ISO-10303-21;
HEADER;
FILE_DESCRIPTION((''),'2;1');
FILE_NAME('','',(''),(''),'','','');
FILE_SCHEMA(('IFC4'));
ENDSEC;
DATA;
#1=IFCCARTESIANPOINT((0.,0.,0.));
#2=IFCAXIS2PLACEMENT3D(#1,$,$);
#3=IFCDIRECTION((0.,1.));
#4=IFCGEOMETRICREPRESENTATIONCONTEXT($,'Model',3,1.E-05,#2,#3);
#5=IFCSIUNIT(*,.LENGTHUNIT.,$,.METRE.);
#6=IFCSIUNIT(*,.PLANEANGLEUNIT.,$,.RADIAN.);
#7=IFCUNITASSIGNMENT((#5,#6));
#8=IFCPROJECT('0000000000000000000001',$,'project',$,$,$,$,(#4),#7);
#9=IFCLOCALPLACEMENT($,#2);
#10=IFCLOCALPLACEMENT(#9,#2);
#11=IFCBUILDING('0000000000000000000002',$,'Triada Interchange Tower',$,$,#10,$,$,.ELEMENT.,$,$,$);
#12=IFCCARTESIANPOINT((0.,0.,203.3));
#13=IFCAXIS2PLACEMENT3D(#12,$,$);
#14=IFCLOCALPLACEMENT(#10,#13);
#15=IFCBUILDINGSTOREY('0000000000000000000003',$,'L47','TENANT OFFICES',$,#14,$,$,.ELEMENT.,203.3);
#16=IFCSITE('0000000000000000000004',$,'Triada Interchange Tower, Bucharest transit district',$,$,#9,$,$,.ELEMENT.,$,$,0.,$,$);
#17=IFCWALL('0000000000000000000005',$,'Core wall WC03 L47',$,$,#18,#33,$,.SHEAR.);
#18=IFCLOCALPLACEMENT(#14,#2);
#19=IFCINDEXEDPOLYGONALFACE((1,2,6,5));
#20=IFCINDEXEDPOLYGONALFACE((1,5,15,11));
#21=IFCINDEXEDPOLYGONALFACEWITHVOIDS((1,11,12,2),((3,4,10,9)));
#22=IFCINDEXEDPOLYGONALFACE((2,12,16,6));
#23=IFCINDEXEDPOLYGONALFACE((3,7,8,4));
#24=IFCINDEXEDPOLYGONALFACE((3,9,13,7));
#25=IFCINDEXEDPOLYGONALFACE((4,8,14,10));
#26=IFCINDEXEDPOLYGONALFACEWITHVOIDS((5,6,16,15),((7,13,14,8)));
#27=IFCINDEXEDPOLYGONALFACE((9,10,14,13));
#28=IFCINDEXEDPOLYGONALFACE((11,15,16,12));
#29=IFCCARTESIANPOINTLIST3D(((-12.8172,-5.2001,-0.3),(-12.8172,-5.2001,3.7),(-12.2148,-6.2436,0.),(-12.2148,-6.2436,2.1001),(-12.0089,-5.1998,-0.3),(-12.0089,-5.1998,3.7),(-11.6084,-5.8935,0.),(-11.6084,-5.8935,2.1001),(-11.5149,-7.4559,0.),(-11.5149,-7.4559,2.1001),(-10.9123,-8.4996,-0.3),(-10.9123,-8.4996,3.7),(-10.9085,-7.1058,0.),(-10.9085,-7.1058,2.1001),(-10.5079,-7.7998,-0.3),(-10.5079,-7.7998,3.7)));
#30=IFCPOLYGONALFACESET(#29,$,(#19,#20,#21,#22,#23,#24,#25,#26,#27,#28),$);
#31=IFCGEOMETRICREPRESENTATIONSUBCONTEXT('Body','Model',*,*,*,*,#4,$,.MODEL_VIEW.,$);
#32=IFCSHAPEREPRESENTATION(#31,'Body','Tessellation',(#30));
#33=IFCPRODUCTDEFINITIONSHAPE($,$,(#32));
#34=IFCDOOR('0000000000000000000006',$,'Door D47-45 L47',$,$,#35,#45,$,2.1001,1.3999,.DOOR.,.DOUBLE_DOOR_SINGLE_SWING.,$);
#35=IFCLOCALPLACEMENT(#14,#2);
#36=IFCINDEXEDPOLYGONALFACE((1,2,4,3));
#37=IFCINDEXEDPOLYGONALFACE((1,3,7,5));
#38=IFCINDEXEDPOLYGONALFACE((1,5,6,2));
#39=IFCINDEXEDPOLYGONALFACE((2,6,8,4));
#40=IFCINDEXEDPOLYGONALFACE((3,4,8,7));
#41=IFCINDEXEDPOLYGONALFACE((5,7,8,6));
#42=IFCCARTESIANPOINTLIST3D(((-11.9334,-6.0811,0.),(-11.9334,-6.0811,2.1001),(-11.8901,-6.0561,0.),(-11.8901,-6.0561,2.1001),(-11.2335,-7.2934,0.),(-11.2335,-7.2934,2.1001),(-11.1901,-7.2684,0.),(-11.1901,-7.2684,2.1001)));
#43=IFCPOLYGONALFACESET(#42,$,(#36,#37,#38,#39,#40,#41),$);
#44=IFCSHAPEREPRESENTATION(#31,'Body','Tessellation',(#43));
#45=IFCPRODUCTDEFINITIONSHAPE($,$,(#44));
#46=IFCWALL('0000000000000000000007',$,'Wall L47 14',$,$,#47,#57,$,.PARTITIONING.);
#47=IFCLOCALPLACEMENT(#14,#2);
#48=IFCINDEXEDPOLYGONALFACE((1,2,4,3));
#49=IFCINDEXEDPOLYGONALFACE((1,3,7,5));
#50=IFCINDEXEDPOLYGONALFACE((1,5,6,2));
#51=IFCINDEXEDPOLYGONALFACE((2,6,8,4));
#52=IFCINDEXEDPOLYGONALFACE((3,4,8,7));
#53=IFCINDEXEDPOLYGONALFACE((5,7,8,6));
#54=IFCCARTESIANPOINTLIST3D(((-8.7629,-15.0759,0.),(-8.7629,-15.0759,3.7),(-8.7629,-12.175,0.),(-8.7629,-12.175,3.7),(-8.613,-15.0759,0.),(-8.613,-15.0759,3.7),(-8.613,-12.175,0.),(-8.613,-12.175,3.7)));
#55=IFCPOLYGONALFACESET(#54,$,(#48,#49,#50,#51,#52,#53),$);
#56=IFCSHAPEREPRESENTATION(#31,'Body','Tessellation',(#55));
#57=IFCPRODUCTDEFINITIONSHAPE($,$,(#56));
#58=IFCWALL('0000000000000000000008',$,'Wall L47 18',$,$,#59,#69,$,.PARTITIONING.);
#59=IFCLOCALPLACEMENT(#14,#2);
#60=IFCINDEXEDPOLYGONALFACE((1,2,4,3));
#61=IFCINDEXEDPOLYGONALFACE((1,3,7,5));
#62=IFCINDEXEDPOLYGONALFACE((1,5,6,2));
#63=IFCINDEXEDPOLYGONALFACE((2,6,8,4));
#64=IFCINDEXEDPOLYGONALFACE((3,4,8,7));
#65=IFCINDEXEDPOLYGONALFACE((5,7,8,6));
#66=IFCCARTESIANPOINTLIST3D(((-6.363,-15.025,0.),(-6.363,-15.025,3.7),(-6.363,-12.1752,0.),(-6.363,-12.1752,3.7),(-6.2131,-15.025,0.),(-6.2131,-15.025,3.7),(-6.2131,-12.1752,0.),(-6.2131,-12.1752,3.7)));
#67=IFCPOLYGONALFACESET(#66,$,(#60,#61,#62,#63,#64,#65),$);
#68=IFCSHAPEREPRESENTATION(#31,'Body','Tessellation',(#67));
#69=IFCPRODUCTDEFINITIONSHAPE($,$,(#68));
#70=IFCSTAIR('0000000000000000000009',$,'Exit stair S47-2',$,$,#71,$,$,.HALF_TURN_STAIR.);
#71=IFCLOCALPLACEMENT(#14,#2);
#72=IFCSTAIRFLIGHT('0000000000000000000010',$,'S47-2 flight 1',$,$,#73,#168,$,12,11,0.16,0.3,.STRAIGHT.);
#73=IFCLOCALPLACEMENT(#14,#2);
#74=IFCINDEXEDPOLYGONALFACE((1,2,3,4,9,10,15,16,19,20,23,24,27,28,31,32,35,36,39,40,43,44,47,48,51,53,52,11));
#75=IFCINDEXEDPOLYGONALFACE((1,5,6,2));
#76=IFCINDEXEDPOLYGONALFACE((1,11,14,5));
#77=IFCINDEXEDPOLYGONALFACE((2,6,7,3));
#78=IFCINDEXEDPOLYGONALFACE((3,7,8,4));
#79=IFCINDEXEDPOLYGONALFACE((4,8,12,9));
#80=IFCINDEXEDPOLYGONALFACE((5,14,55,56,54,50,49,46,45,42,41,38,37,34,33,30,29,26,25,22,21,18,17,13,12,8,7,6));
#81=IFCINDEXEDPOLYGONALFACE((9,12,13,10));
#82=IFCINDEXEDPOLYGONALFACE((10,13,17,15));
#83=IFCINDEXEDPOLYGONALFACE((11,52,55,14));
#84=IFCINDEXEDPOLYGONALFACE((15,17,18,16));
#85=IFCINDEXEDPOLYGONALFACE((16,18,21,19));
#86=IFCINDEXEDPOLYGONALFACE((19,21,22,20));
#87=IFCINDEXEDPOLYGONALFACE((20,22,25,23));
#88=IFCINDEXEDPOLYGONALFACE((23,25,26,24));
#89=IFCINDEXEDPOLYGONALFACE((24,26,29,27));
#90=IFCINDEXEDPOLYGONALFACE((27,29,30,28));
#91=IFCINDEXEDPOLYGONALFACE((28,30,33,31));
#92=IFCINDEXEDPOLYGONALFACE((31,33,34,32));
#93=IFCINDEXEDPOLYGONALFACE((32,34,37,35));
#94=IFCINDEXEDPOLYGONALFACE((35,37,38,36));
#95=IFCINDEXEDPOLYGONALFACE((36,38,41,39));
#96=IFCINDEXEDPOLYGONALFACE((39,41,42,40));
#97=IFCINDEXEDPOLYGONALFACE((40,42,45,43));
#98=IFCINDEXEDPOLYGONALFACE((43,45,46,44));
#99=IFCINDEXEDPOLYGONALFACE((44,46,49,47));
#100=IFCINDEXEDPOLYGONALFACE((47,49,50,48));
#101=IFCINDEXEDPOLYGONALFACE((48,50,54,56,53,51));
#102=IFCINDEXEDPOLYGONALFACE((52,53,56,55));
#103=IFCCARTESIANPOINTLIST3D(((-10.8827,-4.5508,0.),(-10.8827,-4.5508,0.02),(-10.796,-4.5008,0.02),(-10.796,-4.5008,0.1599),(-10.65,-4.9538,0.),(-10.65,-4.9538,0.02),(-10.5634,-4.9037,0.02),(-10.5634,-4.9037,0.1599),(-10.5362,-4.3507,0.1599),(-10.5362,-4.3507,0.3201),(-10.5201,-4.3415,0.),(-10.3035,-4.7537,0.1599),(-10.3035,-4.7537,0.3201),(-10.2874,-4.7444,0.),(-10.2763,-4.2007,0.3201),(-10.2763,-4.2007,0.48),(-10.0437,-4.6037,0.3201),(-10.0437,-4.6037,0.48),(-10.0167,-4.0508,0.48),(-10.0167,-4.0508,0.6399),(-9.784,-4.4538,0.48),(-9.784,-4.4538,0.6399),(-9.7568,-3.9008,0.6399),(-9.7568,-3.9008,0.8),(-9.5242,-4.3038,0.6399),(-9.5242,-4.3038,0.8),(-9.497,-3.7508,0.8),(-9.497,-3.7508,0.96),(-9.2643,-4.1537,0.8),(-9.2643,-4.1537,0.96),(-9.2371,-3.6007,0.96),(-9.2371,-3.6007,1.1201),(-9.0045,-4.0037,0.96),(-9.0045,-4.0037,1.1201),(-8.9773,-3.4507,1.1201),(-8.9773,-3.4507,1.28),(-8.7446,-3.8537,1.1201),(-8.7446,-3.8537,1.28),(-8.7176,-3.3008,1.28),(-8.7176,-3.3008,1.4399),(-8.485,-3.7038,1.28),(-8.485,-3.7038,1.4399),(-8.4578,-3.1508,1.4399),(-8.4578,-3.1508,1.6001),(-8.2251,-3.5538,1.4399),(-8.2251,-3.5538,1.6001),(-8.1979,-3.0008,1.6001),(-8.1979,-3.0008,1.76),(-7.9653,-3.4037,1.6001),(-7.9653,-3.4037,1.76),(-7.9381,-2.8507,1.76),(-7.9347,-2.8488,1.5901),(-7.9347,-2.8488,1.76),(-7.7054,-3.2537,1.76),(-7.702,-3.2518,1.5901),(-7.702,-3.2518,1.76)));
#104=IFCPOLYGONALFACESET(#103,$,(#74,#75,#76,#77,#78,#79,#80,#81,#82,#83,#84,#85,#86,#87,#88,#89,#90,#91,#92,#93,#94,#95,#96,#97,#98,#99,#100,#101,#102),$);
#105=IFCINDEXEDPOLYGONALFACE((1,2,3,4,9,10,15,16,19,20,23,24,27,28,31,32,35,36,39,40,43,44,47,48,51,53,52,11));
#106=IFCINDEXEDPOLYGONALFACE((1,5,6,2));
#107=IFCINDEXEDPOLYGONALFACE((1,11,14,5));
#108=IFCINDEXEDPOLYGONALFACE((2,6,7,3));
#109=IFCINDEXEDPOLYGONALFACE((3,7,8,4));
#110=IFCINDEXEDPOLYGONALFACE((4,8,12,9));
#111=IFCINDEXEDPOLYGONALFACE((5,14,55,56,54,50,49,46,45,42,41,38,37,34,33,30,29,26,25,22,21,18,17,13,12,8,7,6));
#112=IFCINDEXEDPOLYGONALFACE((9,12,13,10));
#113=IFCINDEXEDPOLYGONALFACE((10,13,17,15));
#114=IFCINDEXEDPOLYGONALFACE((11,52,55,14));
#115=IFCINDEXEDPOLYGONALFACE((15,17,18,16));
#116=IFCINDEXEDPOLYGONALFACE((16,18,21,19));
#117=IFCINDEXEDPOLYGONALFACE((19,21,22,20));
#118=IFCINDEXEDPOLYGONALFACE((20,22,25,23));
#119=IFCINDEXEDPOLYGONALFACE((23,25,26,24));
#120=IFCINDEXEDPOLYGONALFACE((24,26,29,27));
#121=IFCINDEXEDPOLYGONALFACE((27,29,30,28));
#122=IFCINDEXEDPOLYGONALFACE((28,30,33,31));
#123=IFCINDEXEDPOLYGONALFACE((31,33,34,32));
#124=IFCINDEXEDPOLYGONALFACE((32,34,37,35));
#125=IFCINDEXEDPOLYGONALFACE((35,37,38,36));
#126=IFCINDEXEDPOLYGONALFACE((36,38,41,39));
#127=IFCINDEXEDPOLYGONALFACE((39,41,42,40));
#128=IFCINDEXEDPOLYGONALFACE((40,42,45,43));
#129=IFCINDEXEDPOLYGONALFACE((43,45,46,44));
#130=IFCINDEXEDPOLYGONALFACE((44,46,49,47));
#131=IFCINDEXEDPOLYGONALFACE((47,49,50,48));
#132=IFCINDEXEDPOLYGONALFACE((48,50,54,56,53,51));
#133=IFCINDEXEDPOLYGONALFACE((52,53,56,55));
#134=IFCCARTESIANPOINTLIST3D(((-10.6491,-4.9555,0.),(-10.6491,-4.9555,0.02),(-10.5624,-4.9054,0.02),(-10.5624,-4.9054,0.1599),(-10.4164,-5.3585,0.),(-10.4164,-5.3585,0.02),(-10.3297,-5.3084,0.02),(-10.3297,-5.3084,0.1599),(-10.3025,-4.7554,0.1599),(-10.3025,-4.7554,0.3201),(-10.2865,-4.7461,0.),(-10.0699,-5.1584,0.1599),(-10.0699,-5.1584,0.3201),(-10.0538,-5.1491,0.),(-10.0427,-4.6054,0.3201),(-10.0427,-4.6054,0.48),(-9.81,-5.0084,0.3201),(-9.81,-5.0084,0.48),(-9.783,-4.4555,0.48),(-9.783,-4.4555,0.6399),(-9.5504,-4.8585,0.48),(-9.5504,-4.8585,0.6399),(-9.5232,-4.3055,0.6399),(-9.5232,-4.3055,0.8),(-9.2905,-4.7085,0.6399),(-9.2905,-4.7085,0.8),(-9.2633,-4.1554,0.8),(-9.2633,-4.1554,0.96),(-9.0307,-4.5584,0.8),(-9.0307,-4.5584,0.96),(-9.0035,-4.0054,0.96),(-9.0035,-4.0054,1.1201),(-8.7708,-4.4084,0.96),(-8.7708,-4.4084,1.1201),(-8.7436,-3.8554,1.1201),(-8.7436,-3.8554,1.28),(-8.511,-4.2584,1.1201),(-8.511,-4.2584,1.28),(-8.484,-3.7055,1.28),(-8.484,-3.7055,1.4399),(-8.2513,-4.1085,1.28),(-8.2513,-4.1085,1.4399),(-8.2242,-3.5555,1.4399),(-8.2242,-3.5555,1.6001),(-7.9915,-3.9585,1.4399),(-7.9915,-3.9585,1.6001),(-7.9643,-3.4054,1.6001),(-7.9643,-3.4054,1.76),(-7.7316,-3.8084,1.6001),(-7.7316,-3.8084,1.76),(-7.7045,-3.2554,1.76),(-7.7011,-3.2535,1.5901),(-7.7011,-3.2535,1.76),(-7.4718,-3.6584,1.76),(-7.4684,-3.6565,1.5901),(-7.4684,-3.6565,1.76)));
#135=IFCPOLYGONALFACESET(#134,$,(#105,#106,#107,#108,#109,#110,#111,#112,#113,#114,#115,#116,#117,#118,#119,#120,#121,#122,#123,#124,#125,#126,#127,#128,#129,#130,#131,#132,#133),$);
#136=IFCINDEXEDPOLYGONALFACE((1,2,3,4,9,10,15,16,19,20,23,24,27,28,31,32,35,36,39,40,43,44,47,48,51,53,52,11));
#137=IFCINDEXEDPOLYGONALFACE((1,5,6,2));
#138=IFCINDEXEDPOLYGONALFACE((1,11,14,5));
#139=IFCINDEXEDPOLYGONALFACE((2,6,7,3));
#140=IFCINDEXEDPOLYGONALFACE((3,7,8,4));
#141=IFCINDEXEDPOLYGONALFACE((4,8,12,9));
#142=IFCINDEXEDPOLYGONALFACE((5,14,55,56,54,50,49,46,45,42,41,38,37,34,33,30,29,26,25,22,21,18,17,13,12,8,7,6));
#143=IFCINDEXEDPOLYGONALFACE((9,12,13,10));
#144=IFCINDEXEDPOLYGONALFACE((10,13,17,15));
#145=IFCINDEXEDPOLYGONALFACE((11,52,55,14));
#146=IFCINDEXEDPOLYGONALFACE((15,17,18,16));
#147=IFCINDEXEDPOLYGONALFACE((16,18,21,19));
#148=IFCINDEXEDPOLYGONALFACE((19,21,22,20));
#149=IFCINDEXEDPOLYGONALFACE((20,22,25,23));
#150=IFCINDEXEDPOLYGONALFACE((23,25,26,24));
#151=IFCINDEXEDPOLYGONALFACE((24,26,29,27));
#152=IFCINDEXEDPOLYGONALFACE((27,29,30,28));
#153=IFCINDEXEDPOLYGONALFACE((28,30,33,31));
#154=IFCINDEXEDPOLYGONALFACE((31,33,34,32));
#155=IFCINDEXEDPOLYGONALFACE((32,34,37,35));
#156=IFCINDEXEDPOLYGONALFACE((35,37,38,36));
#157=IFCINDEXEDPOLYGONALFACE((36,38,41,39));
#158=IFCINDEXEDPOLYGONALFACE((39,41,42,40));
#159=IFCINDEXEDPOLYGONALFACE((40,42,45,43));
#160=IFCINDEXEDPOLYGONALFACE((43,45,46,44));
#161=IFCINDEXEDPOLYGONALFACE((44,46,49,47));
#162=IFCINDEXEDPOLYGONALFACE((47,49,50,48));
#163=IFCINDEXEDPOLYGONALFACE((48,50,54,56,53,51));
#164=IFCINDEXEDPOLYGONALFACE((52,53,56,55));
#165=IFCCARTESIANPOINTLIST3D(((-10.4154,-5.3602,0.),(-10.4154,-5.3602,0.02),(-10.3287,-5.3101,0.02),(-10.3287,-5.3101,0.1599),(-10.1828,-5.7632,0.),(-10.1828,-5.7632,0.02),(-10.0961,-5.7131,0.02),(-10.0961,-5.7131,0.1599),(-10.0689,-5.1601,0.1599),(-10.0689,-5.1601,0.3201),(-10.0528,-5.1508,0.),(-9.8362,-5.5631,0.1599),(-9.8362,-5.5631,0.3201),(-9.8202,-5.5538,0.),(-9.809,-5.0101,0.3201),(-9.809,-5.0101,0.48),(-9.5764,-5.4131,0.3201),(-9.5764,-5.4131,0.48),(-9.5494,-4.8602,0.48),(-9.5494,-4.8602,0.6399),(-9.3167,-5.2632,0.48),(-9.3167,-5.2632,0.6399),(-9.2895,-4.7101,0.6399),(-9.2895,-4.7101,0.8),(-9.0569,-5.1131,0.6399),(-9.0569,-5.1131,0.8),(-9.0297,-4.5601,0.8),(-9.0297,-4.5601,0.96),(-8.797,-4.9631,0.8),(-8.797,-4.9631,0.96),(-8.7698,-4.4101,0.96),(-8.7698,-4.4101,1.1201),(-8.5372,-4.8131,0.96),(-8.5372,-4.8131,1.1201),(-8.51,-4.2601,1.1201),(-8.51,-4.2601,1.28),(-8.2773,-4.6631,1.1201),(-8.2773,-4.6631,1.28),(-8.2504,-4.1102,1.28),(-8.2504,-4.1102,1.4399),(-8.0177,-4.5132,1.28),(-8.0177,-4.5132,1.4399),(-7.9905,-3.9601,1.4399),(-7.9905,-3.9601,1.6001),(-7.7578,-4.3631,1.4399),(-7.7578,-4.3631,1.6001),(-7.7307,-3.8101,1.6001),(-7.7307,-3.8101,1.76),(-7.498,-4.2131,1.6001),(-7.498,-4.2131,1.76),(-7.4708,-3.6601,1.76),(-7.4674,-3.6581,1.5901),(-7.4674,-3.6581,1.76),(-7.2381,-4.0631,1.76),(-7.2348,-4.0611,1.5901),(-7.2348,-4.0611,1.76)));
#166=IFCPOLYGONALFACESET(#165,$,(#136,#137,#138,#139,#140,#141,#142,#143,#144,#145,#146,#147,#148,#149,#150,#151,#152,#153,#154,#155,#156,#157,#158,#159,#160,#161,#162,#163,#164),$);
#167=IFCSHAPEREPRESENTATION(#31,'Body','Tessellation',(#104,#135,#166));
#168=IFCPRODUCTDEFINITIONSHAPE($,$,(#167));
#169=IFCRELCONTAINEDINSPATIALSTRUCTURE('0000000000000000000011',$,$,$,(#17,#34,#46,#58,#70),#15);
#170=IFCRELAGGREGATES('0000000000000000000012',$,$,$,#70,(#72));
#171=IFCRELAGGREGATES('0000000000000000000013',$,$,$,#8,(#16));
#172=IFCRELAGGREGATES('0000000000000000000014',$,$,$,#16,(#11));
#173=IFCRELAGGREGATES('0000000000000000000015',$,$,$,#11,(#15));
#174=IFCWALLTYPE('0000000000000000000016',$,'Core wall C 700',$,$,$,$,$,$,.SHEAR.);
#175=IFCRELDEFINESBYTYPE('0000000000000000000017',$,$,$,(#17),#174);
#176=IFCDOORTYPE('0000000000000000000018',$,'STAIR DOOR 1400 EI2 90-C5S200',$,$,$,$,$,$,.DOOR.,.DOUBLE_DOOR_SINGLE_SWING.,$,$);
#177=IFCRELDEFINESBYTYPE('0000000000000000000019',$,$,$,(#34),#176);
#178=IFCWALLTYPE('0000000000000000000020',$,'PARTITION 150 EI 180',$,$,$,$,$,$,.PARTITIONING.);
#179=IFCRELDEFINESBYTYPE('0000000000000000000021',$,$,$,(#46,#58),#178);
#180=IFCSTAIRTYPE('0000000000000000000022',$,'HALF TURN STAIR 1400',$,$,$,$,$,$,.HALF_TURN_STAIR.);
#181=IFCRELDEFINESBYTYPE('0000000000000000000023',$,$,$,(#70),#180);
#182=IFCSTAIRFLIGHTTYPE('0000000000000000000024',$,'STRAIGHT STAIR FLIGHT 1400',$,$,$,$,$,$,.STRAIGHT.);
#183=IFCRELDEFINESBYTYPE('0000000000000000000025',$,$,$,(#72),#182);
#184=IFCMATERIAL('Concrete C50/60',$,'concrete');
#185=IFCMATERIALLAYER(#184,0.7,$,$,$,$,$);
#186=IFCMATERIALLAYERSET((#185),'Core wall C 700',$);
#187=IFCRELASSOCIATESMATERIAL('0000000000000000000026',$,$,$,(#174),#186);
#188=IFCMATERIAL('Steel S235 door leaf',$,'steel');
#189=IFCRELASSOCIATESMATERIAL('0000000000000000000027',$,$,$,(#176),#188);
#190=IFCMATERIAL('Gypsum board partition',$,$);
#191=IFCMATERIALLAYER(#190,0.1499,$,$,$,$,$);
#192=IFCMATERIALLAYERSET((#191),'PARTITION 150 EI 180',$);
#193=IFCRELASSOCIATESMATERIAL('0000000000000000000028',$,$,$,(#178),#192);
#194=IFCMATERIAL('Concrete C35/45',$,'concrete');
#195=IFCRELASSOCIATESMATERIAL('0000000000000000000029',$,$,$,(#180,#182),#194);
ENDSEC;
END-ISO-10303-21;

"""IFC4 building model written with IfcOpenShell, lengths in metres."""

from ifc_helpers import new_model, si_unit, direction, frame, frame_2d, origin, place, context, subcontext, project, spatial, polyline, rectangle, outline, extrude, material, layer, layer_set, type_object, element, fill, aggregate, save


model = new_model("IFC4")

# Units and contexts
model_context = context("Model", 3, precision=1e-05, world=origin(), true_north=direction((0.0, 1.0)))
body_context = subcontext(model_context, "Body", "Model", "MODEL_VIEW")
ifc_project = project(units=[si_unit("LENGTHUNIT", "METRE"), si_unit("PLANEANGLEUNIT", "RADIAN")], contexts=[model_context])

# Site, building, storey
site_placement = place(None, origin())
site = spatial("IfcSite", under=ifc_project, at=site_placement, Name="Triada Interchange Tower, Bucharest transit district", CompositionType="ELEMENT", RefElevation=0.0)
building_placement = place(site_placement, origin())
building = spatial("IfcBuilding", under=site, at=building_placement, Name="Triada Interchange Tower", CompositionType="ELEMENT")
storey_placement = place(building_placement, frame((0.0, 0.0, 203.3)))
storey = spatial("IfcBuildingStorey", under=building, at=storey_placement, Name="L47", Description="TENANT OFFICES", CompositionType="ELEMENT", Elevation=203.3)

# Shared definitions
ifc_material_1 = material(Name="Steel S235 door leaf", Category="steel")

# Wall, opening, door
ifc_material_2 = material(Name="Concrete C50/60", Category="concrete")
ifc_layer_1 = layer(ifc_material_2, 0.7)
ifc_layer_set_1 = layer_set([ifc_layer_1], Name="Core wall C 700")
wall_type_1 = type_object("IfcWallType", Name="Core wall C 700", PredefinedType="SHEAR", material=ifc_layer_set_1)
wall_1_placement = place(storey_placement, frame((-12.4131, -5.2, -0.3), z_axis=(0.0, 0.0, 1.0), x_axis=(0.499993, -0.866029, 0.0)))
wall_1 = element("IfcWall", 1, at=wall_1_placement, inside=storey, type_object=wall_type_1, Name="Core wall WC03 L47", PredefinedType="SHEAR", context=body_context, shape_type="SweptSolid", body=[
    extrude(outline(polyline([(-0.2019, -0.3501), (1.7031, -0.3501), (3.6079, -0.3501), (3.2041, 0.3501), (1.7031, 0.3501), (0.2019, 0.3501), (-0.2019, -0.3501)])), origin(), (0.0, 0.0, 1.0), 4.0),
])
opening_1_placement = place(wall_1_placement, frame((1.0029, 0.0, 0.3)))
opening_1 = element("IfcOpeningElement", 2, at=opening_1_placement, cuts=wall_1, PredefinedType="OPENING", context=body_context, shape_type="SweptSolid", body=[
    extrude(rectangle(XDim=1.3999, YDim=2.1001, at=frame_2d((0.7, 1.05))), frame((0.0, 0.3601, 0.0), z_axis=(0.0, -1.0, 0.0), x_axis=(1.0, 0.0, 0.0)), (0.0, 0.0, 1.0), 0.7202),
])
door_type_1 = type_object("IfcDoorType", Name="STAIR DOOR 1400 EI2 90-C5S200", OperationType="DOUBLE_DOOR_SINGLE_SWING", PredefinedType="DOOR", material=ifc_material_1)
door_1_placement = place(opening_1_placement, origin())
door_1 = element("IfcDoor", 3, at=door_1_placement, inside=storey, type_object=door_type_1, Name="Door D47-45 L47", OperationType="DOUBLE_DOOR_SINGLE_SWING", OverallHeight=2.1001, OverallWidth=1.3999, PredefinedType="DOOR", context=body_context, shape_type="SweptSolid", body=[
    extrude(rectangle(XDim=1.3999, YDim=2.1001, at=frame_2d((0.7, 1.05))), frame((0.0, 0.0249, 0.0), z_axis=(0.0, -1.0, 0.0), x_axis=(1.0, 0.0, 0.0)), (0.0, 0.0, 1.0), 0.05),
])
fill(opening_1, door_1)

# Walls
ifc_material_3 = material(Name="Gypsum board partition")
ifc_layer_2 = layer(ifc_material_3, 0.1499)
ifc_layer_set_2 = layer_set([ifc_layer_2], Name="PARTITION 150 EI 180")
wall_type_2 = type_object("IfcWallType", Name="PARTITION 150 EI 180", PredefinedType="PARTITIONING", material=ifc_layer_set_2)
wall_2_placement = place(storey_placement, frame((-8.688, -15.0759, 0.0), z_axis=(0.0, 0.0, 1.0), x_axis=(0.0, 1.0, 0.0)))
element("IfcWall", 4, at=wall_2_placement, inside=storey, type_object=wall_type_2, Name="Wall L47 14", PredefinedType="PARTITIONING", context=body_context, shape_type="SweptSolid", body=[
    extrude(rectangle(XDim=2.9009, YDim=0.1499, at=frame_2d((1.4504, 0.0))), origin(), (0.0, 0.0, 1.0), 3.7),
])
wall_3_placement = place(storey_placement, frame((-6.2881, -15.0249, 0.0), z_axis=(0.0, 0.0, 1.0), x_axis=(0.0, 1.0, 0.0)))
element("IfcWall", 5, at=wall_3_placement, inside=storey, type_object=wall_type_2, Name="Wall L47 18", PredefinedType="PARTITIONING", context=body_context, shape_type="SweptSolid", body=[
    extrude(rectangle(XDim=2.8499, YDim=0.1499, at=frame_2d((1.4248, 0.0))), origin(), (0.0, 0.0, 1.0), 3.7),
])

# Stair, stair flight
ifc_material_4 = material(Name="Concrete C35/45", Category="concrete")
stair_type = type_object("IfcStairType", Name="HALF TURN STAIR 1400", PredefinedType="HALF_TURN_STAIR", material=ifc_material_4)
stair_placement = place(storey_placement, origin())
stair = element("IfcStair", 6, at=stair_placement, inside=storey, type_object=stair_type, Name="Exit stair S47-2", PredefinedType="HALF_TURN_STAIR")
stair_flight_type = type_object("IfcStairFlightType", Name="STRAIGHT STAIR FLIGHT 1400", PredefinedType="STRAIGHT", material=ifc_material_4)
stair_flight_1_placement = place(storey_placement, frame((-10.446, -5.1069, 0.0), z_axis=(0.0, 0.0, 1.0), x_axis=(0.866025, 0.5, 0.0)))
stair_flight_1 = element("IfcStairFlight", 7, at=stair_flight_1_placement, type_object=stair_flight_type, Name="S47-2 flight 1", NumberOfRisers=12, NumberOfTreads=11, PredefinedType="STRAIGHT", RiserHeight=0.16, TreadLength=0.3, context=body_context, shape_type="SweptSolid", body=[
    extrude(outline(polyline([(-0.1001, 0.0), (-0.1001, 0.02), (0.0, 0.02), (0.0, 0.1599), (0.3, 0.1599), (0.3, 0.3201), (0.6001, 0.3201), (0.6001, 0.48), (0.8999, 0.48), (0.8999, 0.6399), (1.2, 0.6399), (1.2, 0.8), (1.5, 0.8), (1.5, 0.96), (1.8, 0.96), (1.8, 1.1201), (2.1001, 1.1201), (2.1001, 1.28), (2.3999, 1.28), (2.3999, 1.4399), (2.7, 1.4399), (2.7, 1.6001), (3.0, 1.6001), (3.0, 1.76), (3.3, 1.76), (3.304, 1.76), (3.304, 1.9199), (3.304, 1.5901), (0.3186, 0.0), (-0.1001, 0.0)])), frame((0.0, 0.7, 0.0), z_axis=(0.0, -1.0, 0.0), x_axis=(1.0, 0.0, 0.0)), (0.0, 0.0, 1.0), 0.4653),
    extrude(outline(polyline([(-0.1001, 0.0), (-0.1001, 0.02), (0.0, 0.02), (0.0, 0.1599), (0.3, 0.1599), (0.3, 0.3201), (0.6001, 0.3201), (0.6001, 0.48), (0.8999, 0.48), (0.8999, 0.6399), (1.2, 0.6399), (1.2, 0.8), (1.5, 0.8), (1.5, 0.96), (1.8, 0.96), (1.8, 1.1201), (2.1001, 1.1201), (2.1001, 1.28), (2.3999, 1.28), (2.3999, 1.4399), (2.7, 1.4399), (2.7, 1.6001), (3.0, 1.6001), (3.0, 1.76), (3.3, 1.76), (3.304, 1.76), (3.304, 1.9199), (3.304, 1.5901), (0.3186, 0.0), (-0.1001, 0.0)])), frame((0.0, 0.2327, 0.0), z_axis=(0.0, -1.0, 0.0), x_axis=(1.0, 0.0, 0.0)), (0.0, 0.0, 1.0), 0.4653),
    extrude(outline(polyline([(-0.1001, 0.0), (-0.1001, 0.02), (0.0, 0.02), (0.0, 0.1599), (0.3, 0.1599), (0.3, 0.3201), (0.6001, 0.3201), (0.6001, 0.48), (0.8999, 0.48), (0.8999, 0.6399), (1.2, 0.6399), (1.2, 0.8), (1.5, 0.8), (1.5, 0.96), (1.8, 0.96), (1.8, 1.1201), (2.1001, 1.1201), (2.1001, 1.28), (2.3999, 1.28), (2.3999, 1.4399), (2.7, 1.4399), (2.7, 1.6001), (3.0, 1.6001), (3.0, 1.76), (3.3, 1.76), (3.304, 1.76), (3.304, 1.9199), (3.304, 1.5901), (0.3186, 0.0), (-0.1001, 0.0)])), frame((0.0, -0.2346, 0.0), z_axis=(0.0, -1.0, 0.0), x_axis=(1.0, 0.0, 0.0)), (0.0, 0.0, 1.0), 0.4653),
])
aggregate(stair, [stair_flight_1])

save(model, "model.ifc")
